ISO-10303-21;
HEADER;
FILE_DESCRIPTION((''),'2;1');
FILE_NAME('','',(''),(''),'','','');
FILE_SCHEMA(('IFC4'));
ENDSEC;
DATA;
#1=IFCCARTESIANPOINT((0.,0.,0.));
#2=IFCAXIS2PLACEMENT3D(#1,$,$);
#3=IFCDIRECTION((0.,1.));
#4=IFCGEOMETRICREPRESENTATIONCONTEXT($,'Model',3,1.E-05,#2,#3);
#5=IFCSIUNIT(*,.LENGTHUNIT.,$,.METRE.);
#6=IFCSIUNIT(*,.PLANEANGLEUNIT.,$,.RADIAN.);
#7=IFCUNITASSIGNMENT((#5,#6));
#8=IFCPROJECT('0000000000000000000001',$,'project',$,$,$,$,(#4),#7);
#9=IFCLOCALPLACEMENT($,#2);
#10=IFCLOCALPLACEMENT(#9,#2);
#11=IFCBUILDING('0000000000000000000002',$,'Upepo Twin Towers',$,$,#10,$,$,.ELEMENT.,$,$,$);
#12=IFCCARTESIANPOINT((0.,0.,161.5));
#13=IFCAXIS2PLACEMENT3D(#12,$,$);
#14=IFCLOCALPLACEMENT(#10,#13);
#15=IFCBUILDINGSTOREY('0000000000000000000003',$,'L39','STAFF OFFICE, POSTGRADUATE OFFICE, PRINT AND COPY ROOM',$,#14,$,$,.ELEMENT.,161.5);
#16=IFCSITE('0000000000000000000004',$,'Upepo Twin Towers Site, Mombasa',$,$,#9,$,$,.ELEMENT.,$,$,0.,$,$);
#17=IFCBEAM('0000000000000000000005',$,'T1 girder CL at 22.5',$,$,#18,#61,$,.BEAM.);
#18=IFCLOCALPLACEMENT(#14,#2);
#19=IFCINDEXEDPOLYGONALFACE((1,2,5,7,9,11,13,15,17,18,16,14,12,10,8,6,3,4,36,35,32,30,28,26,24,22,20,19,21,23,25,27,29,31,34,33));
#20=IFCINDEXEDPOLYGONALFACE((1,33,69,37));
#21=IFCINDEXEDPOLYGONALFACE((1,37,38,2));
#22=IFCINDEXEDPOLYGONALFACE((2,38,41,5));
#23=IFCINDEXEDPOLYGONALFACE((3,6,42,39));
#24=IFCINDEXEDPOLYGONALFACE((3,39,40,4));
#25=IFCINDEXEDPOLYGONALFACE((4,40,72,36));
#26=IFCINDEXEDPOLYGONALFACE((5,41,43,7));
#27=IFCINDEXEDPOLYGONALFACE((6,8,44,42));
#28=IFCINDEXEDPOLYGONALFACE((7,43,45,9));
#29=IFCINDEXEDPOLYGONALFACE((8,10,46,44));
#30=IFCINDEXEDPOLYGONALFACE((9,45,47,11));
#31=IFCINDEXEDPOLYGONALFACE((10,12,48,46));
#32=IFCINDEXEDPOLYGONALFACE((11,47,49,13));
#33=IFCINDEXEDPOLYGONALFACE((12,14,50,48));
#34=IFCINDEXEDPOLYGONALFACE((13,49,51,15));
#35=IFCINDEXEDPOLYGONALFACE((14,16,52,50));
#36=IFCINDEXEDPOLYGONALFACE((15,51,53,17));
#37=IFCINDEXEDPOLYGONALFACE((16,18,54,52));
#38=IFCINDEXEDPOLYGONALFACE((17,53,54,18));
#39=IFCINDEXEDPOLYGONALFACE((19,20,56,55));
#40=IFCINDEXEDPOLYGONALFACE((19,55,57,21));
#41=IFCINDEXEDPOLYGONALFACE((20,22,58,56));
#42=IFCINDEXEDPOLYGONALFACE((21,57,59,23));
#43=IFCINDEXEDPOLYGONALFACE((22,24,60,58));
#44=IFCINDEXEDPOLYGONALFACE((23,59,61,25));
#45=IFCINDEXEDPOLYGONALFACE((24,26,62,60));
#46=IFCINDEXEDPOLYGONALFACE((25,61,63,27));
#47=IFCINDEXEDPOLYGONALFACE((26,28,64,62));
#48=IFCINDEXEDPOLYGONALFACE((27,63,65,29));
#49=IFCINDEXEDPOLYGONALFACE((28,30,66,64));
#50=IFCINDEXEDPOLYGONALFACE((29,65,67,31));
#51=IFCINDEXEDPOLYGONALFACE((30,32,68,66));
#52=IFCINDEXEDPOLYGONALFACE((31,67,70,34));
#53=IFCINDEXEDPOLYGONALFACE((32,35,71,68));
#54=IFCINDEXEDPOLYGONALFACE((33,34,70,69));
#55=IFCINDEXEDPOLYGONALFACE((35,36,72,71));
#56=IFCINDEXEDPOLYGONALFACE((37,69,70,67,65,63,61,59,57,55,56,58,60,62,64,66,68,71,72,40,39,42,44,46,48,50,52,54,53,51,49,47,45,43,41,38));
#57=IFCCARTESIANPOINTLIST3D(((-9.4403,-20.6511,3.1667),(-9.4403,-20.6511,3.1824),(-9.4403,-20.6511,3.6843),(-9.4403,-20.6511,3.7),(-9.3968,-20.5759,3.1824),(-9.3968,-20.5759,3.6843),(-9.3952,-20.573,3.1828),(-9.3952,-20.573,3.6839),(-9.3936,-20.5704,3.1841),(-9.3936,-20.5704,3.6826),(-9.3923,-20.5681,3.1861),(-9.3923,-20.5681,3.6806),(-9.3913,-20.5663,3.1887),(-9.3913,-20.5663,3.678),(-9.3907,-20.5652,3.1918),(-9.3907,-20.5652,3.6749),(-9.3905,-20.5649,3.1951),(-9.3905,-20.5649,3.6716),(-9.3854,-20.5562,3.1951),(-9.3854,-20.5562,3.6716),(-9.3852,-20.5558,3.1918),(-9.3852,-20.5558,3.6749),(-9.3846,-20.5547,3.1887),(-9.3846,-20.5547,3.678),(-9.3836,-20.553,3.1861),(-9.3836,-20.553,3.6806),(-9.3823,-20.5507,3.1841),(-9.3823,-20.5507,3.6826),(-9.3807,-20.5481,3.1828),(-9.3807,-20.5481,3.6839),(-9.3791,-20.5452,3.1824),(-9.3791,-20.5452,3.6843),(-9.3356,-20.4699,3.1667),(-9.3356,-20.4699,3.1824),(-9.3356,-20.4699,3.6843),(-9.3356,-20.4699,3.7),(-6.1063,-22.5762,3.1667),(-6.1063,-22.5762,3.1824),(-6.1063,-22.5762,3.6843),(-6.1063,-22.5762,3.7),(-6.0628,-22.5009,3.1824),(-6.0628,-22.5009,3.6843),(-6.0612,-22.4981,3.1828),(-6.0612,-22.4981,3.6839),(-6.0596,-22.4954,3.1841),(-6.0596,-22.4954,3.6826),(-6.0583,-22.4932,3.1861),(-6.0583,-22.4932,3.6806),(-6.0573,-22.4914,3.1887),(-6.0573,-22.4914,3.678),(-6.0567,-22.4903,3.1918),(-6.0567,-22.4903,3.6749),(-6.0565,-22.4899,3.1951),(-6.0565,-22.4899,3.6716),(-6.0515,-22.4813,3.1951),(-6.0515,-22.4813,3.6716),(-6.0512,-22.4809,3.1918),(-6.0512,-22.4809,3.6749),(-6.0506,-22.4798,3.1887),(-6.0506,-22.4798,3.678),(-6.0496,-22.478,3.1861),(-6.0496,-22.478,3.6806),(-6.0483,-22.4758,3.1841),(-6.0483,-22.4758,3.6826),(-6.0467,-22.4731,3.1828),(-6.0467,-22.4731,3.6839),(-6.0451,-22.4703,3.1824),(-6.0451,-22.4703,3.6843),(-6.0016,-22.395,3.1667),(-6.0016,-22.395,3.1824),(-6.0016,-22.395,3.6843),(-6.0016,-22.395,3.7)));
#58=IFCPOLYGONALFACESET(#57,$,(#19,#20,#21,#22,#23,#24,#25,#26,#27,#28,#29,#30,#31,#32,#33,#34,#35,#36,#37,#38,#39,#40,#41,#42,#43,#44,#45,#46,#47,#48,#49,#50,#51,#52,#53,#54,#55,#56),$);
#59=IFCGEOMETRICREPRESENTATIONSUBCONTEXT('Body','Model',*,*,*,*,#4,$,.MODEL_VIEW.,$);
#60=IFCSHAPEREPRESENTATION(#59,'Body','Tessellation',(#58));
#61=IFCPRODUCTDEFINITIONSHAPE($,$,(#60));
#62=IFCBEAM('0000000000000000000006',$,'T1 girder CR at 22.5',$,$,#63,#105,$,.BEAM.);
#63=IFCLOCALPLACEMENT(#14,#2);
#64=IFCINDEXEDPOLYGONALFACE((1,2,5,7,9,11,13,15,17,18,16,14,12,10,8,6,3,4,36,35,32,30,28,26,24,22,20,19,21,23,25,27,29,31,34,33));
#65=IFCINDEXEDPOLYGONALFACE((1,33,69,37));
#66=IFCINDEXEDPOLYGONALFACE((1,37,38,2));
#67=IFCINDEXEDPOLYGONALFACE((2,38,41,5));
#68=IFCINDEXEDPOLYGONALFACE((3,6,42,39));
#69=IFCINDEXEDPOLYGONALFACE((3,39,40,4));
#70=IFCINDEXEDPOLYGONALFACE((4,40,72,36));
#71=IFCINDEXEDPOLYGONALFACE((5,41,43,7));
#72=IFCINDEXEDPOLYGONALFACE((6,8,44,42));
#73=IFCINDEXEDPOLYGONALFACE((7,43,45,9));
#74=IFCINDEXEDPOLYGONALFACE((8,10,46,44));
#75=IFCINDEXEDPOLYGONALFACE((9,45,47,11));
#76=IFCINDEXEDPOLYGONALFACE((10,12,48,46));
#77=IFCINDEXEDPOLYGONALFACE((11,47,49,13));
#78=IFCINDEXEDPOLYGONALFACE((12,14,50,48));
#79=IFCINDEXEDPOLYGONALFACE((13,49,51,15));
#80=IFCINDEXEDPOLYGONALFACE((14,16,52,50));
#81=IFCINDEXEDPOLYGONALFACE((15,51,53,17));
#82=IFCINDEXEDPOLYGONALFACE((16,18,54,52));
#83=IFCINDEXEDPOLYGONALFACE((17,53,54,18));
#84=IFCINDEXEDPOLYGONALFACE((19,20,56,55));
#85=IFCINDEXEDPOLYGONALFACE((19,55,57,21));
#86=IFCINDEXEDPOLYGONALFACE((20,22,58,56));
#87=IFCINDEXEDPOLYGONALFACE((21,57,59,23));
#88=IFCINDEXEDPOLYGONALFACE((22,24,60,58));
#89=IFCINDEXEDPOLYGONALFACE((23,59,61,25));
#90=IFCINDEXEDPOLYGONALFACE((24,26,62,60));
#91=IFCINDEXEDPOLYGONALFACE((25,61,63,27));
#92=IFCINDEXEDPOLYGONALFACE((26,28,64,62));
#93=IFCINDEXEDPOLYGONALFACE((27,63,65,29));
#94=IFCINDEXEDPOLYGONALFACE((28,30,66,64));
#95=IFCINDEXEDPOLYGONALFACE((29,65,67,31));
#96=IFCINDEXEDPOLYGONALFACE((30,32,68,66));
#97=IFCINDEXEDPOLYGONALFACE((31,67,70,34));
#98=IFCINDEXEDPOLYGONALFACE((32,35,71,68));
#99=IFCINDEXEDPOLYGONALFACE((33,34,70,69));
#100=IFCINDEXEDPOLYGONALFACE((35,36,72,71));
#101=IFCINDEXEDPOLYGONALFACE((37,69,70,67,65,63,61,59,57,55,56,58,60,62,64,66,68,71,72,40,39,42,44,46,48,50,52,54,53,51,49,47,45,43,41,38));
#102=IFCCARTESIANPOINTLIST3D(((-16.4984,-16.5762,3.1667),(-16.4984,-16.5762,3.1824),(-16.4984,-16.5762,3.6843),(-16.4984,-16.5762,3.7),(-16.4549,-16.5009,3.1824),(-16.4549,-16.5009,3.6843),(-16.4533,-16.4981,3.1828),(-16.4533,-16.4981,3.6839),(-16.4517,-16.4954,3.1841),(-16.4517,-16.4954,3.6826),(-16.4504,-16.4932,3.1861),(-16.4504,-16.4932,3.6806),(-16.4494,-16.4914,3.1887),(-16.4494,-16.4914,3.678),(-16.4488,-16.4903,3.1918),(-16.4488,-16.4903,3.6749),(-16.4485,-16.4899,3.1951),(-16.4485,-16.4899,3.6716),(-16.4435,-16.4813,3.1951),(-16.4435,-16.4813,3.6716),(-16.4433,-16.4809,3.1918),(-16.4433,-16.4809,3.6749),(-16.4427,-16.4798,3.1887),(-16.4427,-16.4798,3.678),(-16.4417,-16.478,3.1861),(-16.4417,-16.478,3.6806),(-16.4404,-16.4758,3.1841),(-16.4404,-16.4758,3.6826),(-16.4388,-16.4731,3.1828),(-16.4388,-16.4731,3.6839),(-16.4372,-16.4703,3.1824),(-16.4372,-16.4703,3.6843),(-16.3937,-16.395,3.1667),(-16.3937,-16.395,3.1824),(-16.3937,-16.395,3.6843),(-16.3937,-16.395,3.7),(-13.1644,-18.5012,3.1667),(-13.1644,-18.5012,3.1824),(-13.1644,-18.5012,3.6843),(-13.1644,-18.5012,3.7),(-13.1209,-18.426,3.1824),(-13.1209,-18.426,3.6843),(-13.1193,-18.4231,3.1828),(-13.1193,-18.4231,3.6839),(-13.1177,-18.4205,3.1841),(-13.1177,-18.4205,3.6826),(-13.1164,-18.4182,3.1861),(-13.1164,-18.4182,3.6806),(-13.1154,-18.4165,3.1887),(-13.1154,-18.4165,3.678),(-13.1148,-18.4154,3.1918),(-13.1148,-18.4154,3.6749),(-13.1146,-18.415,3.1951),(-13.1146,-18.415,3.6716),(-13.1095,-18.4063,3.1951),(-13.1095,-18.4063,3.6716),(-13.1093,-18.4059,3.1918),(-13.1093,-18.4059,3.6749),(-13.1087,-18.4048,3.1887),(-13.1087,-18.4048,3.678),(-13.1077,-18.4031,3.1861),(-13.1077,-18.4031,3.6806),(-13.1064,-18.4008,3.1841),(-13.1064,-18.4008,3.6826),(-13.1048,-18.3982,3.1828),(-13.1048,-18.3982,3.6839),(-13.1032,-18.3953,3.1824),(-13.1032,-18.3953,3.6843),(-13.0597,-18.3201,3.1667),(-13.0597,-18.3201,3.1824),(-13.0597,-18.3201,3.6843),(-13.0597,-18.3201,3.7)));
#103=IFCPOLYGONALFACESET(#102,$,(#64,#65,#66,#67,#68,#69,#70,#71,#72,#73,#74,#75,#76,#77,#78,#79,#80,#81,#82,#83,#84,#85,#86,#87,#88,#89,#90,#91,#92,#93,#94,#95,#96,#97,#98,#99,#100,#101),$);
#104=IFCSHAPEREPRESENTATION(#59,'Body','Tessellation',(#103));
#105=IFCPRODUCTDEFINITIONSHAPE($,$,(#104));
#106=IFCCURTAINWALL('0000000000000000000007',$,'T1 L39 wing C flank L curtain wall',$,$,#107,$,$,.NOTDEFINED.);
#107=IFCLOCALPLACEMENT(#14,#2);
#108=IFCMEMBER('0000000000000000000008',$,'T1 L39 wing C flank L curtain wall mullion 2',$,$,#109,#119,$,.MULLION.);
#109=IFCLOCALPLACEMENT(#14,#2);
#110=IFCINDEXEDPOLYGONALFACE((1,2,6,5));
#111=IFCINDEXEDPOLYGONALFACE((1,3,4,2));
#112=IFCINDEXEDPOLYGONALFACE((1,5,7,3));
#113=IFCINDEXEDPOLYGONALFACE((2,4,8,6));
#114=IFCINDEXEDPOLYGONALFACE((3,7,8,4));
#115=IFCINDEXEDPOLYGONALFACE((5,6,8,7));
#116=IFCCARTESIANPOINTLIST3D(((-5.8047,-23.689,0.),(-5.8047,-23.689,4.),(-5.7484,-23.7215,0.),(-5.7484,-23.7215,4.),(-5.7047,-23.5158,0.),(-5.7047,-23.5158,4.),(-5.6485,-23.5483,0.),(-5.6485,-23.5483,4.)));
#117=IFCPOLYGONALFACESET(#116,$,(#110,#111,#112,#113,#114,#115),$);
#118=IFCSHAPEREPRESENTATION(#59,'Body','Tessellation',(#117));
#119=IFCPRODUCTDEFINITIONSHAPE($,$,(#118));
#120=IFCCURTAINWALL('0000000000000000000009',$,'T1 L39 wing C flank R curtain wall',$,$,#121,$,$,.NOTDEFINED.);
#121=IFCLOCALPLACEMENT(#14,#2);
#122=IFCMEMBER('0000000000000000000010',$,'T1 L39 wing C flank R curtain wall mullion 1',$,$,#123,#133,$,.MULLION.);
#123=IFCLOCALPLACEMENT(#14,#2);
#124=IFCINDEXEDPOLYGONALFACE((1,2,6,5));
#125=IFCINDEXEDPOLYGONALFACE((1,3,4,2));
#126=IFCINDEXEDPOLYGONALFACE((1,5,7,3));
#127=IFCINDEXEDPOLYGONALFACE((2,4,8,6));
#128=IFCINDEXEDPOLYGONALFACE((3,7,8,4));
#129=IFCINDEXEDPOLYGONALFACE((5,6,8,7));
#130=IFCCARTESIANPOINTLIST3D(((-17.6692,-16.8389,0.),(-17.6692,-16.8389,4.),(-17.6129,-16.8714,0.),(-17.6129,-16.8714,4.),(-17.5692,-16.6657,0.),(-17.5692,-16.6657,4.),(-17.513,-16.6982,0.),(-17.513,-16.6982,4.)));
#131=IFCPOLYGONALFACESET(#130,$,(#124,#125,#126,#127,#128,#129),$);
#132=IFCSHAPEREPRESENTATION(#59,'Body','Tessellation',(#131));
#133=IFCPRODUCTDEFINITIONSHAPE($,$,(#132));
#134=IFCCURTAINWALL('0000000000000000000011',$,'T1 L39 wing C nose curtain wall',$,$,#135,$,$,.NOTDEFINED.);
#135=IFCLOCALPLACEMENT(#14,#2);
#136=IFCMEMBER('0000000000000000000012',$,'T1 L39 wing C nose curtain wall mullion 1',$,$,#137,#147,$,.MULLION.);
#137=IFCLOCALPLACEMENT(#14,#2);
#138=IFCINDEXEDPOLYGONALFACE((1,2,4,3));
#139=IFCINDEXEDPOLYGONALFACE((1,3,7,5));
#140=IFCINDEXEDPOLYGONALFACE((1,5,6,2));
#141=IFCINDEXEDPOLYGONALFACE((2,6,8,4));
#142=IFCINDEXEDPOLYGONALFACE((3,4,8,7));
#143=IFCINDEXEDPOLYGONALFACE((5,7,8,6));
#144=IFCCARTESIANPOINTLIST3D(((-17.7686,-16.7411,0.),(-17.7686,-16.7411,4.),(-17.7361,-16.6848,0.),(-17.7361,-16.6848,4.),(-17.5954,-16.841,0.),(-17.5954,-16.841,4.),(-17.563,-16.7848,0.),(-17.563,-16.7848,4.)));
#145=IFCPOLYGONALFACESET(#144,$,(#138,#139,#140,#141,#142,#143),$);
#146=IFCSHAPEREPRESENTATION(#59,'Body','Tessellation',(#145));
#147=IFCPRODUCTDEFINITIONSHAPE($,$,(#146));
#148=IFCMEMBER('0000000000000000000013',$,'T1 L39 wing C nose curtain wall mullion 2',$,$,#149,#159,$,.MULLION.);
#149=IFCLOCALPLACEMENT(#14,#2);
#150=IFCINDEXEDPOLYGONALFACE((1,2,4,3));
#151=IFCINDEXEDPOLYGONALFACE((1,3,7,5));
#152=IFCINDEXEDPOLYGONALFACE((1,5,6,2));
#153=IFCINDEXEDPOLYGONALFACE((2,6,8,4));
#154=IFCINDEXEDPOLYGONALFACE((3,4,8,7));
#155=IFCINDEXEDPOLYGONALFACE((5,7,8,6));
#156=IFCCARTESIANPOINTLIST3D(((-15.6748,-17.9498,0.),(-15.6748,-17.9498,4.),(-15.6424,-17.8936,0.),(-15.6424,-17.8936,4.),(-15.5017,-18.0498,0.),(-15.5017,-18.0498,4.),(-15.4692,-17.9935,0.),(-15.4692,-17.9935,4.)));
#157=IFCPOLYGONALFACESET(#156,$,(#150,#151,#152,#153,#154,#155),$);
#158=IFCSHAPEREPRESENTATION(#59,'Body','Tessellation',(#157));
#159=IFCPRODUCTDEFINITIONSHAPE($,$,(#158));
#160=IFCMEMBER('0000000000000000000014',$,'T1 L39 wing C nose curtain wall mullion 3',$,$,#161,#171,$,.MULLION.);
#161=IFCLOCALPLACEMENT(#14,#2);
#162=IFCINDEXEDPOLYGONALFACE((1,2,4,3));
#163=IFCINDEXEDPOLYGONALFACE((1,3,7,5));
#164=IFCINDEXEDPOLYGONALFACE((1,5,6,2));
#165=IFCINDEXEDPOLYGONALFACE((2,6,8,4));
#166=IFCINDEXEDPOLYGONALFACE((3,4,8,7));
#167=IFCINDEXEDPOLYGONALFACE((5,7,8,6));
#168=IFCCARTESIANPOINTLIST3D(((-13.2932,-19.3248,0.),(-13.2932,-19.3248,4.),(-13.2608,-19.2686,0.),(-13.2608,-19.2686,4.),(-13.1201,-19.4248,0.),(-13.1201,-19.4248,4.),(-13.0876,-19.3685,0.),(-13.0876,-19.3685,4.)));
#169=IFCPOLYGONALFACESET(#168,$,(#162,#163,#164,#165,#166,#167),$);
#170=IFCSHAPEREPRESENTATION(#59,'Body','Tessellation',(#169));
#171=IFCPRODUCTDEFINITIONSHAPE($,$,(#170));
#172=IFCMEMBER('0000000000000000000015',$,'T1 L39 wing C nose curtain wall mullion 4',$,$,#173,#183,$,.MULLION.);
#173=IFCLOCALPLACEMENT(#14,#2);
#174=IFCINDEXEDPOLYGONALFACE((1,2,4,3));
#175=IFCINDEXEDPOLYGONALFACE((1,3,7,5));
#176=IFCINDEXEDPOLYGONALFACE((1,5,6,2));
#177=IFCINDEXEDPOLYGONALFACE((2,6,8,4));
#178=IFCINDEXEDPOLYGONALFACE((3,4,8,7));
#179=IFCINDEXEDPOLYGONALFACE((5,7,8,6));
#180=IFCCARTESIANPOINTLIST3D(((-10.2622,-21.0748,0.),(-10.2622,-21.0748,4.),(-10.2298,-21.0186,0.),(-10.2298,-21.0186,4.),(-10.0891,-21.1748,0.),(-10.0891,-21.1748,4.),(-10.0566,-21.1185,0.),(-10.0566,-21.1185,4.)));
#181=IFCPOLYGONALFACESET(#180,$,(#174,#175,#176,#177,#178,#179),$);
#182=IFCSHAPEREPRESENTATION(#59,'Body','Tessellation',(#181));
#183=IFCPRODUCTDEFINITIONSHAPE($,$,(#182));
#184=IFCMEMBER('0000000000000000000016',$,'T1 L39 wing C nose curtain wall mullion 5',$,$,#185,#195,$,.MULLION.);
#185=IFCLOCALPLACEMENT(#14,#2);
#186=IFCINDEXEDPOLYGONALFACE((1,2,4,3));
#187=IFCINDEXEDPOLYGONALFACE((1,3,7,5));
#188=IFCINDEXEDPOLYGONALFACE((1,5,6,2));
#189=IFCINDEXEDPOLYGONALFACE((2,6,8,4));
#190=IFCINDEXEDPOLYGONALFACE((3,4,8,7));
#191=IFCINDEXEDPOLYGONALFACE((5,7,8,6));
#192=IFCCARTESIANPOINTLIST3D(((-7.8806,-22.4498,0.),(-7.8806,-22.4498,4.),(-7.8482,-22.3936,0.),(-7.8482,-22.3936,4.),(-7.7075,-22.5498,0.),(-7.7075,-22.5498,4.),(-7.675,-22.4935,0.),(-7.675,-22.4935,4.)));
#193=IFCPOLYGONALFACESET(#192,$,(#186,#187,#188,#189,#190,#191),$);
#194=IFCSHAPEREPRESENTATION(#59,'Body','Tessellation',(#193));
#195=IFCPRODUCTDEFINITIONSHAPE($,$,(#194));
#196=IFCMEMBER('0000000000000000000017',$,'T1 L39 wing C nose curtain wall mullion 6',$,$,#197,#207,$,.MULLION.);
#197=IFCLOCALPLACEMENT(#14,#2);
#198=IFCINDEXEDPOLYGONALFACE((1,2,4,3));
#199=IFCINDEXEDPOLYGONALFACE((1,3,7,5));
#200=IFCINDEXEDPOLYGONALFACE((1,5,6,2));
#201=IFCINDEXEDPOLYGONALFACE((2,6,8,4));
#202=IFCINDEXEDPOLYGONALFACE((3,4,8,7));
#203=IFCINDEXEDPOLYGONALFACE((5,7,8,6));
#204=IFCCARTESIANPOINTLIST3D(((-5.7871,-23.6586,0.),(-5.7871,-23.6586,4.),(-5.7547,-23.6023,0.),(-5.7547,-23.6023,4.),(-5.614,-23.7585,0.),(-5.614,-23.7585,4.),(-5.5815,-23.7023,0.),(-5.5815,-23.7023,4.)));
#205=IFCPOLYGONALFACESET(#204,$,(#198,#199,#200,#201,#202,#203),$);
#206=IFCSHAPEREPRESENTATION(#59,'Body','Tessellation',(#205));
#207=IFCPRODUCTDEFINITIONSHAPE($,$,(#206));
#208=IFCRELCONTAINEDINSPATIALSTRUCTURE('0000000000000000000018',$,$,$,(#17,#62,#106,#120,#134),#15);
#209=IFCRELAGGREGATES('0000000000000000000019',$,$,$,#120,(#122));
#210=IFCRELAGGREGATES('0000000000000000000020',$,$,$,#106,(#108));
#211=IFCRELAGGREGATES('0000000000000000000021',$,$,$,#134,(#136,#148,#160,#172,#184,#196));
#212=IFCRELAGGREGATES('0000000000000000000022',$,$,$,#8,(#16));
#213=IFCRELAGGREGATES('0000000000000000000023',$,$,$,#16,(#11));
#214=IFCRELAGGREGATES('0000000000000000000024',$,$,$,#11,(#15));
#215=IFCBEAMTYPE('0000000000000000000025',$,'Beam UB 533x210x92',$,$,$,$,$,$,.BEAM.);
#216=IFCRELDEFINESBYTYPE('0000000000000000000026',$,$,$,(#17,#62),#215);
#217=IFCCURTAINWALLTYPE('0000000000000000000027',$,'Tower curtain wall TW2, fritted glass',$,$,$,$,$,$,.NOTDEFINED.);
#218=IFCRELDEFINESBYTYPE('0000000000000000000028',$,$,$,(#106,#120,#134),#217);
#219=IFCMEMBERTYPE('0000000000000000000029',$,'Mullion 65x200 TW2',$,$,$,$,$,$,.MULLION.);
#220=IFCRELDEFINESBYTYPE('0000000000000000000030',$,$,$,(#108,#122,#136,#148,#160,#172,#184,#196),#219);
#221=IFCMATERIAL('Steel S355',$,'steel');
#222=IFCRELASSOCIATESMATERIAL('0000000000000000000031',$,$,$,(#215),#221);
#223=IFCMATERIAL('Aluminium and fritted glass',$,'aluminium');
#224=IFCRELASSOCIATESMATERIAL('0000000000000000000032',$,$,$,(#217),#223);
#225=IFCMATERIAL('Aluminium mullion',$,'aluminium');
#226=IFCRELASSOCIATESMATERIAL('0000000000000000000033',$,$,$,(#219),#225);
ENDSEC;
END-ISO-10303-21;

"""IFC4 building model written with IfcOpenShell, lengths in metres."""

from ifc_helpers import new_model, si_unit, direction, frame, origin, origin_2d, place, context, subcontext, project, spatial, rectangle, i_section, extrude, material, material_profile, profile_set, type_object, element, aggregate, save


model = new_model("IFC4")

# Units and contexts
model_context = context("Model", 3, precision=1e-05, world=origin(), true_north=direction((0.0, 1.0)))
body_context = subcontext(model_context, "Body", "Model", "MODEL_VIEW")
ifc_project = project(units=[si_unit("LENGTHUNIT", "METRE"), si_unit("PLANEANGLEUNIT", "RADIAN")], contexts=[model_context])

# Site, building, storey
site_placement = place(None, origin())
site = spatial("IfcSite", under=ifc_project, at=site_placement, Name="Upepo Twin Towers Site, Mombasa", CompositionType="ELEMENT", RefElevation=0.0)
building_placement = place(site_placement, origin())
building = spatial("IfcBuilding", under=site, at=building_placement, Name="Upepo Twin Towers", CompositionType="ELEMENT")
storey_placement = place(building_placement, frame((0.0, 0.0, 161.5)))
storey = spatial("IfcBuildingStorey", under=building, at=storey_placement, Name="L39", Description="STAFF OFFICE, POSTGRADUATE OFFICE, PRINT AND COPY ROOM", CompositionType="ELEMENT", Elevation=161.5)

# Beams
ifc_material_1 = material(Name="Steel S355", Category="steel")
ifc_material_profile_1 = material_profile(ifc_material_1, i_section(OverallWidth=0.2092, OverallDepth=0.5332, WebThickness=0.01, FlangeThickness=0.0156, FilletRadius=0.0127, at=origin_2d()), Name="UB 533x210x92")
ifc_profile_set_1 = profile_set([ifc_material_profile_1], Name="Steel S355")
beam_type_1 = type_object("IfcBeamType", Name="Beam UB 533x210x92", PredefinedType="BEAM", material=ifc_profile_set_1)
for number, where, z_axis, x_axis, name in (
    (1, (-6.054, -22.4856, 3.4333), (-0.866006, 0.500034, 0.0), (-0.500034, -0.866006, 0.0), "T1 girder CL at 22.5"),
    (2, (-16.446, -16.4856, 3.4333), (0.866006, -0.500034, 0.0), (0.500034, 0.866006, 0.0), "T1 girder CR at 22.5"),
):
    element("IfcBeam", number, at=place(storey_placement, frame(where, z_axis=z_axis, x_axis=x_axis)), inside=storey, type_object=beam_type_1, Name=name, PredefinedType="BEAM", context=body_context, shape_type="SweptSolid", body=[
        extrude(i_section(OverallWidth=0.2092, OverallDepth=0.5332, WebThickness=0.01, FlangeThickness=0.0156, FilletRadius=0.0127, at=origin_2d()), origin(), (0.0, 0.0, 1.0), 3.8499),
    ])

# Curtain walls, members
ifc_material_2 = material(Name="Aluminium and fritted glass", Category="aluminium")
curtain_wall_type = type_object("IfcCurtainWallType", Name="Tower curtain wall TW2, fritted glass", PredefinedType="NOTDEFINED", material=ifc_material_2)
curtain_wall_1_placement = place(storey_placement, origin())
curtain_wall_1 = element("IfcCurtainWall", 3, at=curtain_wall_1_placement, inside=storey, type_object=curtain_wall_type, Name="T1 L39 wing C flank L curtain wall", PredefinedType="NOTDEFINED")
ifc_material_3 = material(Name="Aluminium mullion", Category="aluminium")
ifc_material_profile_2 = material_profile(ifc_material_3, rectangle(XDim=0.0649, YDim=0.2, at=origin_2d()), Name="MULLION 65x200")
ifc_profile_set_2 = profile_set([ifc_material_profile_2], Name="Aluminium mullion")
member_type_1 = type_object("IfcMemberType", Name="Mullion 65x200 TW2", PredefinedType="MULLION", material=ifc_profile_set_2)
member_1_placement = place(storey_placement, frame((-5.7266, -23.6187, 0.0), z_axis=(0.0, 0.0, 1.0), x_axis=(0.866025, -0.5, 0.0)))
member_1 = element("IfcMember", 4, at=member_1_placement, type_object=member_type_1, Name="T1 L39 wing C flank L curtain wall mullion 2", PredefinedType="MULLION", context=body_context, shape_type="SweptSolid", body=[
    extrude(rectangle(XDim=0.0649, YDim=0.2, at=origin_2d()), origin(), (0.0, 0.0, 1.0), 4.0),
])
curtain_wall_2_placement = place(storey_placement, origin())
curtain_wall_2 = element("IfcCurtainWall", 5, at=curtain_wall_2_placement, inside=storey, type_object=curtain_wall_type, Name="T1 L39 wing C flank R curtain wall", PredefinedType="NOTDEFINED")
member_2_placement = place(storey_placement, frame((-17.5911, -16.7686, 0.0), z_axis=(0.0, 0.0, 1.0), x_axis=(-0.866025, 0.5, 0.0)))
member_2 = element("IfcMember", 6, at=member_2_placement, type_object=member_type_1, Name="T1 L39 wing C flank R curtain wall mullion 1", PredefinedType="MULLION", context=body_context, shape_type="SweptSolid", body=[
    extrude(rectangle(XDim=0.0649, YDim=0.2, at=origin_2d()), origin(), (0.0, 0.0, 1.0), 4.0),
])

# Curtain wall, members
curtain_wall_3_placement = place(storey_placement, origin())
curtain_wall_3 = element("IfcCurtainWall", 7, at=curtain_wall_3_placement, inside=storey, type_object=curtain_wall_type, Name="T1 L39 wing C nose curtain wall", PredefinedType="NOTDEFINED")
member_3_placement = place(storey_placement, frame((-17.6658, -16.7629, 0.0), z_axis=(0.0, 0.0, 1.0), x_axis=(0.5, 0.866025, 0.0)))
member_3 = element("IfcMember", 8, at=member_3_placement, type_object=member_type_1, Name="T1 L39 wing C nose curtain wall mullion 1", PredefinedType="MULLION", context=body_context, shape_type="SweptSolid", body=[
    extrude(rectangle(XDim=0.0649, YDim=0.2, at=origin_2d()), origin(), (0.0, 0.0, 1.0), 4.0),
])
member_4_placement = place(storey_placement, frame((-15.572, -17.9717, 0.0), z_axis=(0.0, 0.0, 1.0), x_axis=(0.5, 0.866025, 0.0)))
member_4 = element("IfcMember", 9, at=member_4_placement, type_object=member_type_1, Name="T1 L39 wing C nose curtain wall mullion 2", PredefinedType="MULLION", context=body_context, shape_type="SweptSolid", body=[
    extrude(rectangle(XDim=0.0649, YDim=0.2, at=origin_2d()), origin(), (0.0, 0.0, 1.0), 4.0),
])
member_5_placement = place(storey_placement, frame((-13.1904, -19.3467, 0.0), z_axis=(0.0, 0.0, 1.0), x_axis=(0.5, 0.866025, 0.0)))
member_5 = element("IfcMember", 10, at=member_5_placement, type_object=member_type_1, Name="T1 L39 wing C nose curtain wall mullion 3", PredefinedType="MULLION", context=body_context, shape_type="SweptSolid", body=[
    extrude(rectangle(XDim=0.0649, YDim=0.2, at=origin_2d()), origin(), (0.0, 0.0, 1.0), 4.0),
])
member_6_placement = place(storey_placement, frame((-10.1594, -21.0967, 0.0), z_axis=(0.0, 0.0, 1.0), x_axis=(0.5, 0.866025, 0.0)))
member_6 = element("IfcMember", 11, at=member_6_placement, type_object=member_type_1, Name="T1 L39 wing C nose curtain wall mullion 4", PredefinedType="MULLION", context=body_context, shape_type="SweptSolid", body=[
    extrude(rectangle(XDim=0.0649, YDim=0.2, at=origin_2d()), origin(), (0.0, 0.0, 1.0), 4.0),
])
member_7_placement = place(storey_placement, frame((-7.7778, -22.4717, 0.0), z_axis=(0.0, 0.0, 1.0), x_axis=(0.5, 0.866025, 0.0)))
member_7 = element("IfcMember", 12, at=member_7_placement, type_object=member_type_1, Name="T1 L39 wing C nose curtain wall mullion 5", PredefinedType="MULLION", context=body_context, shape_type="SweptSolid", body=[
    extrude(rectangle(XDim=0.0649, YDim=0.2, at=origin_2d()), origin(), (0.0, 0.0, 1.0), 4.0),
])
member_8_placement = place(storey_placement, frame((-5.6843, -23.6804, 0.0), z_axis=(0.0, 0.0, 1.0), x_axis=(0.5, 0.866025, 0.0)))
member_8 = element("IfcMember", 13, at=member_8_placement, type_object=member_type_1, Name="T1 L39 wing C nose curtain wall mullion 6", PredefinedType="MULLION", context=body_context, shape_type="SweptSolid", body=[
    extrude(rectangle(XDim=0.0649, YDim=0.2, at=origin_2d()), origin(), (0.0, 0.0, 1.0), 4.0),
])

aggregate(curtain_wall_2, [member_2])

aggregate(curtain_wall_1, [member_1])
aggregate(curtain_wall_3, [member_3, member_4, member_5, member_6, member_7, member_8])

save(model, "model.ifc")
